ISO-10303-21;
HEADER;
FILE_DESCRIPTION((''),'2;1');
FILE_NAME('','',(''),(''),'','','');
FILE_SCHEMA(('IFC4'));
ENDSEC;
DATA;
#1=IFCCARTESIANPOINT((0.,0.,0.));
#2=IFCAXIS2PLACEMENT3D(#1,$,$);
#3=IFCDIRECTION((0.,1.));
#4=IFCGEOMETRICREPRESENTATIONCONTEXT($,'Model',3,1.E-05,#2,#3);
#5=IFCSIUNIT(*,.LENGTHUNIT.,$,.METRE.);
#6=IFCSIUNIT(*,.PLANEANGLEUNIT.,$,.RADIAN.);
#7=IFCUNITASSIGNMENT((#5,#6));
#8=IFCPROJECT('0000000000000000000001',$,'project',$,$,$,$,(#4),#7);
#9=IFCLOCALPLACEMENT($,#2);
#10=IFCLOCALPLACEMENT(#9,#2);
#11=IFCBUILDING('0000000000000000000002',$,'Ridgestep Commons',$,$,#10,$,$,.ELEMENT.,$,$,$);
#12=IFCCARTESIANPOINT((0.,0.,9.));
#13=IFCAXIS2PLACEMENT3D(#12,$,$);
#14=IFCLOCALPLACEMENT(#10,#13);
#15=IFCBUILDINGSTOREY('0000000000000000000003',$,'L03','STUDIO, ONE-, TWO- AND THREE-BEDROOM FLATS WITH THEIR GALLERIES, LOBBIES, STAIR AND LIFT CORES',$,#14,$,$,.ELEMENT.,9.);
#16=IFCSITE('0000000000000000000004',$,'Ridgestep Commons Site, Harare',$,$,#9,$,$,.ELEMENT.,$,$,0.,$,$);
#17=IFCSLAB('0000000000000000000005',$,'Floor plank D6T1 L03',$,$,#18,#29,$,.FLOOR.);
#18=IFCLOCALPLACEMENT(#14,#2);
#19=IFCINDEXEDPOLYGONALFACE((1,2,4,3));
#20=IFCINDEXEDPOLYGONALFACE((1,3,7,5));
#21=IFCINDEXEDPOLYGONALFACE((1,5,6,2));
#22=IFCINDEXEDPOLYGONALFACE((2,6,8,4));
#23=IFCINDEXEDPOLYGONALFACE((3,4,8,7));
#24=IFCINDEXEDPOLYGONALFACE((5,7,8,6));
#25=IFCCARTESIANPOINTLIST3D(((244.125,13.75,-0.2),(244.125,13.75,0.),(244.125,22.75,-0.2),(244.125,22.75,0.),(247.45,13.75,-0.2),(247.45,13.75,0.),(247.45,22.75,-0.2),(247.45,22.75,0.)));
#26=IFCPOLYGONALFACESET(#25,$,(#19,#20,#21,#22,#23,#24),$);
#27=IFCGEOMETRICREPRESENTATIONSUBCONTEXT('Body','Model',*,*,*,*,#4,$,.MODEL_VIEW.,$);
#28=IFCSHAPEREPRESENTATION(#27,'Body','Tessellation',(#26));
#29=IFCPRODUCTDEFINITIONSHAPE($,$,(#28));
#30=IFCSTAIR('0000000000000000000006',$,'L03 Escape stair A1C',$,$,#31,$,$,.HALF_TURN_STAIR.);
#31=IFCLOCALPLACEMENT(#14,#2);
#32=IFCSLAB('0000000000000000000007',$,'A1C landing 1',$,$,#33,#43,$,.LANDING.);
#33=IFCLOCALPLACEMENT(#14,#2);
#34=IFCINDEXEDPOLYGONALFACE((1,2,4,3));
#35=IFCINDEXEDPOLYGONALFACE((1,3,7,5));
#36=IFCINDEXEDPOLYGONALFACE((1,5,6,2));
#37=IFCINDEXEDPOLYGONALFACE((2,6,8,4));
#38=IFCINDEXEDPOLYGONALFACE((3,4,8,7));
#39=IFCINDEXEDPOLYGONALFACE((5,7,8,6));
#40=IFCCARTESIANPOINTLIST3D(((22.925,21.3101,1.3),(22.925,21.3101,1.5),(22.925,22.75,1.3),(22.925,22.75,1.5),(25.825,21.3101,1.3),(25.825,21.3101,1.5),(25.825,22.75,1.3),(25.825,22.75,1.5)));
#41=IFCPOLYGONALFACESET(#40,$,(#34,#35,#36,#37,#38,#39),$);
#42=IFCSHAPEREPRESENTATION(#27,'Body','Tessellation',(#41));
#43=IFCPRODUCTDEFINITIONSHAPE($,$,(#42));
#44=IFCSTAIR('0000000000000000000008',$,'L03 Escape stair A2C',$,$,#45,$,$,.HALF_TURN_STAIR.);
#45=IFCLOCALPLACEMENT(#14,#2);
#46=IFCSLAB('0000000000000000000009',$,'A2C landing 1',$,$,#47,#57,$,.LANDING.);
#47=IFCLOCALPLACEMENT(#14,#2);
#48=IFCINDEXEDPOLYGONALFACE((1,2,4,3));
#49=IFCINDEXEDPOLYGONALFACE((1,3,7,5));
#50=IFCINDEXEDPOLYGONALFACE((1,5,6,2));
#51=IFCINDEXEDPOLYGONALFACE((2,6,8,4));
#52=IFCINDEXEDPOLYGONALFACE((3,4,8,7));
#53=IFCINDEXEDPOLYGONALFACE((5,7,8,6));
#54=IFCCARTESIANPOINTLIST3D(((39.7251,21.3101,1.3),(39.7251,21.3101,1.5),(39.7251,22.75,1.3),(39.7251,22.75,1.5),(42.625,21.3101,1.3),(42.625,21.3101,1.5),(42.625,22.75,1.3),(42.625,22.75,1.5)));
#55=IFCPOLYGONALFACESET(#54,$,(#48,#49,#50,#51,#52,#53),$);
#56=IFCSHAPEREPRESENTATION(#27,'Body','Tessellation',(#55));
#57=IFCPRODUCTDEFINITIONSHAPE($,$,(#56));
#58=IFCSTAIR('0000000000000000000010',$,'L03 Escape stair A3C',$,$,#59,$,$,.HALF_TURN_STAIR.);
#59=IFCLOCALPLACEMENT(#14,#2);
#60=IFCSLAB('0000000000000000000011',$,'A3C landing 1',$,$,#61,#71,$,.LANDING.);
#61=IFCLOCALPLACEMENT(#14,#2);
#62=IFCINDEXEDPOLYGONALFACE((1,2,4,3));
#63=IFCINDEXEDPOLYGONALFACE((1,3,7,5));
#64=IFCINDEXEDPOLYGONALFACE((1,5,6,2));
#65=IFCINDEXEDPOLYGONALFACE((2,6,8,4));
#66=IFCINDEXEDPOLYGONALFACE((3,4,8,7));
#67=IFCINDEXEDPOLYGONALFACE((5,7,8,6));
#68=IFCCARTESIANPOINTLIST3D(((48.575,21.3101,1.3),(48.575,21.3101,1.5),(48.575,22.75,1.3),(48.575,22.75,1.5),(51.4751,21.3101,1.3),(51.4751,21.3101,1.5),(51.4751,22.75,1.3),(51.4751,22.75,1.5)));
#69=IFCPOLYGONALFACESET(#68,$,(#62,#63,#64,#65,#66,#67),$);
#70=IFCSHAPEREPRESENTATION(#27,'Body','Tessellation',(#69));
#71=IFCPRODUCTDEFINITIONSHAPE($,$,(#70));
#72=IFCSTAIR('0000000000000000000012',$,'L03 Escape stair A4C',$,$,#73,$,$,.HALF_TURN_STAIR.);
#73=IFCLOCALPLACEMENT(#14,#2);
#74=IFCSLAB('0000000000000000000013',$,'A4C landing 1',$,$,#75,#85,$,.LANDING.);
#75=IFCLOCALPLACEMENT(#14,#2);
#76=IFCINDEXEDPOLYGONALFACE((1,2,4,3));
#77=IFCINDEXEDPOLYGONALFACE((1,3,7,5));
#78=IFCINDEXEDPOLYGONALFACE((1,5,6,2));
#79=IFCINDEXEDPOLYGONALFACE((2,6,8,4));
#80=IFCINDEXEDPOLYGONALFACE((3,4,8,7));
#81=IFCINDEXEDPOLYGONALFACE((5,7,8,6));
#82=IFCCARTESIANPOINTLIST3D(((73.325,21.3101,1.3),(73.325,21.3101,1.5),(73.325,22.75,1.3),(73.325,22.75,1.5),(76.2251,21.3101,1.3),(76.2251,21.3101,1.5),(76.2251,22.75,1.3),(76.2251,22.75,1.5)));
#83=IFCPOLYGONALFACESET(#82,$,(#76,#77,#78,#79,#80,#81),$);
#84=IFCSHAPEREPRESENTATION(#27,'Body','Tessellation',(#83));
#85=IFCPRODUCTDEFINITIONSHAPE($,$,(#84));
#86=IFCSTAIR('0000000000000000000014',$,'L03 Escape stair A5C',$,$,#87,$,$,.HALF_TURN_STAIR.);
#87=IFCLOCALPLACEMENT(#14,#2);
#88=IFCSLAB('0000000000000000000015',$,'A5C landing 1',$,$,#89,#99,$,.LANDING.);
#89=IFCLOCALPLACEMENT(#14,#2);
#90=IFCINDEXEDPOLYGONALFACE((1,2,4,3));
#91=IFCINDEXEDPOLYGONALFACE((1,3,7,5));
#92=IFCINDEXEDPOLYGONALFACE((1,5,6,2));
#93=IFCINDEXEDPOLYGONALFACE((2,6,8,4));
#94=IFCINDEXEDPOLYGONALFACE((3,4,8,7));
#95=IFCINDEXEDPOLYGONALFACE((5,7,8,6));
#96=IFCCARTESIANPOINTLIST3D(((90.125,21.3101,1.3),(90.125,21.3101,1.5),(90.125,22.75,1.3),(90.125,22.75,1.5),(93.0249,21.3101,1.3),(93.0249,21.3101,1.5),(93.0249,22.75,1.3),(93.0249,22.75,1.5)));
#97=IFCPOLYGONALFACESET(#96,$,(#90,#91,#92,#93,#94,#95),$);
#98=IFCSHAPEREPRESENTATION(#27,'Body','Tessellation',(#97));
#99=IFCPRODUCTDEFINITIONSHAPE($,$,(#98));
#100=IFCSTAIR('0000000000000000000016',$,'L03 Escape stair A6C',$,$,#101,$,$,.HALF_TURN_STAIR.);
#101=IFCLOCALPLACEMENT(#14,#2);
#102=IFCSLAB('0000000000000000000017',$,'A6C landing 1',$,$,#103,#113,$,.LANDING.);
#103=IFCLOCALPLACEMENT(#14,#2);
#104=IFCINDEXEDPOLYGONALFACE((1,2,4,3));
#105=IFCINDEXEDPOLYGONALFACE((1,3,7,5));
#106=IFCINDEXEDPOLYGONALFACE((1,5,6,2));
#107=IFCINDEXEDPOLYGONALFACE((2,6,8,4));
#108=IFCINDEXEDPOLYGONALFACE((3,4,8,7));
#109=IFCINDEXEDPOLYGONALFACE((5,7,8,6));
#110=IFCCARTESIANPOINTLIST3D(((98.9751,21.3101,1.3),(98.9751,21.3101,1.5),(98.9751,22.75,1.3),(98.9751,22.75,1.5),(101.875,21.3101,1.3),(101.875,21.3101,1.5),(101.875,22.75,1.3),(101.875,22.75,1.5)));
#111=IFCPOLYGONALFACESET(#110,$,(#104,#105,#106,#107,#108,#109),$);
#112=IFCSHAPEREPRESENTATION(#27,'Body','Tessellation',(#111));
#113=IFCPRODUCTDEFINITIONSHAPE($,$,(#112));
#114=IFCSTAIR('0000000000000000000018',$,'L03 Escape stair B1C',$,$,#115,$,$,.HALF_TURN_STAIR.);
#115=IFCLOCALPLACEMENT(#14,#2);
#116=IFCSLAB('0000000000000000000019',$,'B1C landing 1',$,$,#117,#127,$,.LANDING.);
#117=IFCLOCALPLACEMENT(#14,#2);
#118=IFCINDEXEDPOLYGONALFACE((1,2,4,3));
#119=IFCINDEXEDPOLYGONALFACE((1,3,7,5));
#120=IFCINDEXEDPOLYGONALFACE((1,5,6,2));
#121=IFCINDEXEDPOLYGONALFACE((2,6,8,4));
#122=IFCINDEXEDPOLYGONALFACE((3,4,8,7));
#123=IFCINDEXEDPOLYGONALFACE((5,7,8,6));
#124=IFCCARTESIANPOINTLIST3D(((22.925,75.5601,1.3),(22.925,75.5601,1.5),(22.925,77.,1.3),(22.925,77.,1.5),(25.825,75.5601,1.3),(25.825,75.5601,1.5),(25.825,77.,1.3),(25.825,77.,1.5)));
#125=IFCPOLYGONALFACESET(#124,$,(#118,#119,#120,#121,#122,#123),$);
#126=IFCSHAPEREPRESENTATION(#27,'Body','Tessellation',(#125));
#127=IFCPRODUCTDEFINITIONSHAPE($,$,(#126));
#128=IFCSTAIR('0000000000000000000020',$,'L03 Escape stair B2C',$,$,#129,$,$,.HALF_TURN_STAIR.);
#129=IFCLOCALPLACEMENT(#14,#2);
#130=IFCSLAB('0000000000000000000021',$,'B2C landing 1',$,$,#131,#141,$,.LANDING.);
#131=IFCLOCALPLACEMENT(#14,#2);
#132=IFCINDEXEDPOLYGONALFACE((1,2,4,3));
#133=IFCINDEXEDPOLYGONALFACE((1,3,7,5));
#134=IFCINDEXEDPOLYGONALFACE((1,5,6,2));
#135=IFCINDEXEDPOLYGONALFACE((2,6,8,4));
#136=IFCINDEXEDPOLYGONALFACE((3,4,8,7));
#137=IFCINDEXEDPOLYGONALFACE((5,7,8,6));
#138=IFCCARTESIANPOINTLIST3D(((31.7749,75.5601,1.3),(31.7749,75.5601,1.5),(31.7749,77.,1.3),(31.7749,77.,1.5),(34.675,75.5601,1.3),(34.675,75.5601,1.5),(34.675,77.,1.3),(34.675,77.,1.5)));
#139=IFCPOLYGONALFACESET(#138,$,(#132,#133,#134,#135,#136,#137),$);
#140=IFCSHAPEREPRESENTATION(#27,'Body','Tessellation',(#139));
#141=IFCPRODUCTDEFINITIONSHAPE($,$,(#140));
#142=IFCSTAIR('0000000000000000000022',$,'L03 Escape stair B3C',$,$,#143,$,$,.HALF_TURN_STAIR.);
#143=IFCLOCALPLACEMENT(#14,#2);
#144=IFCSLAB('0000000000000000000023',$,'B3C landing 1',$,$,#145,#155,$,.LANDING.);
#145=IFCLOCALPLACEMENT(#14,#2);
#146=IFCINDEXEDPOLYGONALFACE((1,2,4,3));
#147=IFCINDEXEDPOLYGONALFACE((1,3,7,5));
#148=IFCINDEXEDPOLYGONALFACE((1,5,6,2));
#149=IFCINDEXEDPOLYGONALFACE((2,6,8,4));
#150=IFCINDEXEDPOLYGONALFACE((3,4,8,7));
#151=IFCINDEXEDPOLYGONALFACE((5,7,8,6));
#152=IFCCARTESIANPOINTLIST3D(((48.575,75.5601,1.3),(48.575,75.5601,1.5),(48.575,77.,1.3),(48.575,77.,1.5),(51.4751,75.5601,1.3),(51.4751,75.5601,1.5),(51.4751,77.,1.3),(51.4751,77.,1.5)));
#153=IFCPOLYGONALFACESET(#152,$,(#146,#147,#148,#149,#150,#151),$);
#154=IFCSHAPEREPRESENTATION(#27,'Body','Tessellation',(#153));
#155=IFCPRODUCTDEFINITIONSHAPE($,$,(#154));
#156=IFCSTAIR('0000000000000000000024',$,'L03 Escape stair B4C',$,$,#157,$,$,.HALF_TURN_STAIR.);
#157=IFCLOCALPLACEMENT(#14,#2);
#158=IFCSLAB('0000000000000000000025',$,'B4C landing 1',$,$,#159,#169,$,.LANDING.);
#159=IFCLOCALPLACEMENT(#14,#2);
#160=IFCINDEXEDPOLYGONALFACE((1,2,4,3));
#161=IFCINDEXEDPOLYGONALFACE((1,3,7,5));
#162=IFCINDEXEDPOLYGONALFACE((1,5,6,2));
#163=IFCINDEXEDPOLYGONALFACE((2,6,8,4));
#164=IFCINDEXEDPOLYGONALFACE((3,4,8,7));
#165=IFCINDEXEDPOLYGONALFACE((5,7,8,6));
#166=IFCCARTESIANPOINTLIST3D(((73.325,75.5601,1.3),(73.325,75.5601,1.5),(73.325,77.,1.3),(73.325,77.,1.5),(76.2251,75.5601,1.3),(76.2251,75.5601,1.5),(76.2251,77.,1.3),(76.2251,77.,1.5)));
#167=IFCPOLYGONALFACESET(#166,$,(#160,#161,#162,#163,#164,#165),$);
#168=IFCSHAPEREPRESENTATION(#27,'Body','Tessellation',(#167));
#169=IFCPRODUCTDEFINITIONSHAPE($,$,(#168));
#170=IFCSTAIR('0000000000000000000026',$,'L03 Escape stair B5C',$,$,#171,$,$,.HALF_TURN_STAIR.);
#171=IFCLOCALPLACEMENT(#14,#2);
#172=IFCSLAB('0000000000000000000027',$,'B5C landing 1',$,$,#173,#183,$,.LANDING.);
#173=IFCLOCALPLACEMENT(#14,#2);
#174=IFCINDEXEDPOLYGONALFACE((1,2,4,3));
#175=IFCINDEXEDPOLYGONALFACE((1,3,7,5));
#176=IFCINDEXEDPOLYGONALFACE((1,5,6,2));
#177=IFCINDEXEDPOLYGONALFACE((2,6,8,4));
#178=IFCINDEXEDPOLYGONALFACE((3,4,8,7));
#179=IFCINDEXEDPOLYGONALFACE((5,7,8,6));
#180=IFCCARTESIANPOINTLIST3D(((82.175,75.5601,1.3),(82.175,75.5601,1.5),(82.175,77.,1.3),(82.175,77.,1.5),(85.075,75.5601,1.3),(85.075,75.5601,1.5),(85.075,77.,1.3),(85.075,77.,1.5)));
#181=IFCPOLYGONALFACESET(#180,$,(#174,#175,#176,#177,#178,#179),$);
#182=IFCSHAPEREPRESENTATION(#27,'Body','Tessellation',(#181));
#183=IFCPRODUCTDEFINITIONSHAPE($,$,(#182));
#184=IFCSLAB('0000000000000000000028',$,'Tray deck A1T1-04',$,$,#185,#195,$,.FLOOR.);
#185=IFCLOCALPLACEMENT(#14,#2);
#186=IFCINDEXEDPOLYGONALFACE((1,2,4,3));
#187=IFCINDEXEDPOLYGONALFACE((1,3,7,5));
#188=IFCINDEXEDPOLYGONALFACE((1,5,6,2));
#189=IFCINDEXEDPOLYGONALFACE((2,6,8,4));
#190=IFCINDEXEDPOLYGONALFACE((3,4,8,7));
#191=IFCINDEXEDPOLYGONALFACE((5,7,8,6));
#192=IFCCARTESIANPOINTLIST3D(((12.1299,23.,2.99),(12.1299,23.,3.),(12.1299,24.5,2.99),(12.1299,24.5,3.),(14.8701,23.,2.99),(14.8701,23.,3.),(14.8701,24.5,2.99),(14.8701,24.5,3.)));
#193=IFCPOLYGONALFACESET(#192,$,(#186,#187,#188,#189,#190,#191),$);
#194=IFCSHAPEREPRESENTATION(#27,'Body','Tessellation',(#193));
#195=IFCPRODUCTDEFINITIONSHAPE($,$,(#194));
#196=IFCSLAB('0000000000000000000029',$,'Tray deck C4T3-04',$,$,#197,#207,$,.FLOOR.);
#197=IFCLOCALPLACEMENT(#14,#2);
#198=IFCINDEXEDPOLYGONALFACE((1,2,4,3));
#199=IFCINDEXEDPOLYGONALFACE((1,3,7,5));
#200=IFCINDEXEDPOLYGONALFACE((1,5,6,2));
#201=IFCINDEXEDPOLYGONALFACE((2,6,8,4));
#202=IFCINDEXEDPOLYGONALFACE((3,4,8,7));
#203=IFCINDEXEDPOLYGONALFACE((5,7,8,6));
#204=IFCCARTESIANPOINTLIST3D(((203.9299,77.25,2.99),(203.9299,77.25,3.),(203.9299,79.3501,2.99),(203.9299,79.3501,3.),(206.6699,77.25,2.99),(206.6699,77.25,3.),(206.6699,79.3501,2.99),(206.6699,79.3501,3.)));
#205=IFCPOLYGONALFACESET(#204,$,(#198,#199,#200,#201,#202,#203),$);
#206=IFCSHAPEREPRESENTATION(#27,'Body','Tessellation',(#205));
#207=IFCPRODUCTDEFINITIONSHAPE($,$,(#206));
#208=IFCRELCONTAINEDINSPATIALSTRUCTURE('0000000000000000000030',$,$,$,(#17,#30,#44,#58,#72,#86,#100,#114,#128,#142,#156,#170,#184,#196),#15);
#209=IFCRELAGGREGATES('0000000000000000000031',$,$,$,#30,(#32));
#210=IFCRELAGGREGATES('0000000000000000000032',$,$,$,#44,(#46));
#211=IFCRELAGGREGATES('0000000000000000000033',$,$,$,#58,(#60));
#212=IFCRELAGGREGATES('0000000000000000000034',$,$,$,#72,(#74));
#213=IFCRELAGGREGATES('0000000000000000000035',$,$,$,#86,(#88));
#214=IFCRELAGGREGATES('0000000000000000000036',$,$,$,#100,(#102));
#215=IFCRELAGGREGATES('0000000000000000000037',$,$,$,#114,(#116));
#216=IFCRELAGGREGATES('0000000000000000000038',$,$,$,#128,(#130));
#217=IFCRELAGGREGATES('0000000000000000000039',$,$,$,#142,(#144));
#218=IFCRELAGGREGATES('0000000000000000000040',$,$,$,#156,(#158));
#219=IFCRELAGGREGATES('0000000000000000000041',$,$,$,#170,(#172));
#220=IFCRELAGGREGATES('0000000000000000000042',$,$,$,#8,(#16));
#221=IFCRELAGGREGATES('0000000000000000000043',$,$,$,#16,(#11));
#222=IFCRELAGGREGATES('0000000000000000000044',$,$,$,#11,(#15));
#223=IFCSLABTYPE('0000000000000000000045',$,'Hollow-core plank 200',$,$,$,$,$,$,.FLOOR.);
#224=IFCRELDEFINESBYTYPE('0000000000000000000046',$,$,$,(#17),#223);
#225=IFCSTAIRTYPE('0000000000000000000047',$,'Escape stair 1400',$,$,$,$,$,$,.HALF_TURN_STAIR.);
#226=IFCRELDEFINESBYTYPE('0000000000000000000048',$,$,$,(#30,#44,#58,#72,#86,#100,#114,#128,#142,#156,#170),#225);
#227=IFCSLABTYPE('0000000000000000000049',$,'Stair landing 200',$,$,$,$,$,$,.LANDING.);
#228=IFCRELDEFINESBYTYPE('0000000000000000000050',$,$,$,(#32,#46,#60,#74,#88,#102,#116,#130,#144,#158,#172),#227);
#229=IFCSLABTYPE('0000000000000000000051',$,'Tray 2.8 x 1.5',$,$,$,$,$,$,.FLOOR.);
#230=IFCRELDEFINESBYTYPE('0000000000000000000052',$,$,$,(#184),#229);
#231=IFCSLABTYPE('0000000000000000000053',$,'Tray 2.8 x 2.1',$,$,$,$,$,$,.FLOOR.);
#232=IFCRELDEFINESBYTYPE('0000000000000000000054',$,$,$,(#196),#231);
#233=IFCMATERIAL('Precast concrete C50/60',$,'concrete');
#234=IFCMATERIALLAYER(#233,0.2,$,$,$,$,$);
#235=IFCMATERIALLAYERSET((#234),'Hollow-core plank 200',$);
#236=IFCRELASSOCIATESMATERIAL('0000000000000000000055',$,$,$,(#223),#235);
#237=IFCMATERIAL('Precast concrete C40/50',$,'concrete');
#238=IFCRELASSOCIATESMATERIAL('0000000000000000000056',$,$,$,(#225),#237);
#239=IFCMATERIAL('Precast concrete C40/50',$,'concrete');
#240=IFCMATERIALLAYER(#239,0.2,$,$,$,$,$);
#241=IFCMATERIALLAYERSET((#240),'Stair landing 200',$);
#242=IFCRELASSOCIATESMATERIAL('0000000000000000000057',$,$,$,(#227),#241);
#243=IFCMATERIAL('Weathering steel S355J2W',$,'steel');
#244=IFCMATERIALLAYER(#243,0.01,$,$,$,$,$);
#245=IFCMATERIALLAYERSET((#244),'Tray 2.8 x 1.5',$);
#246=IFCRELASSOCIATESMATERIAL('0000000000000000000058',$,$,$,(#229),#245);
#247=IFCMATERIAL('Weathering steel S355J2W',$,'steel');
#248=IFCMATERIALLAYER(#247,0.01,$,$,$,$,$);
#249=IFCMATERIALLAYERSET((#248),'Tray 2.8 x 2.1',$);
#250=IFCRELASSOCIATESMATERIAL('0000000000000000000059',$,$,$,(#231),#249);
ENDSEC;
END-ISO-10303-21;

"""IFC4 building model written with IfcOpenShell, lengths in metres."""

from ifc_helpers import new_model, si_unit, direction, frame, origin, place, context, subcontext, project, spatial, polyline, outline, extrude, material, layer, layer_set, type_object, element, aggregate, save


model = new_model("IFC4")

# Units and contexts
model_context = context("Model", 3, precision=1e-05, world=origin(), true_north=direction((0.0, 1.0)))
body_context = subcontext(model_context, "Body", "Model", "MODEL_VIEW")
ifc_project = project(units=[si_unit("LENGTHUNIT", "METRE"), si_unit("PLANEANGLEUNIT", "RADIAN")], contexts=[model_context])

# Site, building, storey
site_placement = place(None, origin())
site = spatial("IfcSite", under=ifc_project, at=site_placement, Name="Ridgestep Commons Site, Harare", CompositionType="ELEMENT", RefElevation=0.0)
building_placement = place(site_placement, origin())
building = spatial("IfcBuilding", under=site, at=building_placement, Name="Ridgestep Commons", CompositionType="ELEMENT")
storey_placement = place(building_placement, frame((0.0, 0.0, 9.0)))
storey = spatial("IfcBuildingStorey", under=building, at=storey_placement, Name="L03", Description="STUDIO, ONE-, TWO- AND THREE-BEDROOM FLATS WITH THEIR GALLERIES, LOBBIES, STAIR AND LIFT CORES", CompositionType="ELEMENT", Elevation=9.0)

# Slab
ifc_material_1 = material(Name="Precast concrete C50/60", Category="concrete")
ifc_layer_1 = layer(ifc_material_1, 0.2)
ifc_layer_set_1 = layer_set([ifc_layer_1], Name="Hollow-core plank 200")
slab_type_1 = type_object("IfcSlabType", Name="Hollow-core plank 200", PredefinedType="FLOOR", material=ifc_layer_set_1)
slab_1_placement = place(storey_placement, frame((0.0, 0.0, -0.2)))
element("IfcSlab", 1, at=slab_1_placement, inside=storey, type_object=slab_type_1, Name="Floor plank D6T1 L03", PredefinedType="FLOOR", context=body_context, shape_type="SweptSolid", body=[
    extrude(outline(polyline([(247.45, 13.75), (247.45, 22.75), (244.125, 22.75), (244.125, 13.75), (247.45, 13.75)])), origin(), (0.0, 0.0, 1.0), 0.2),
])

# Stairs, slabs
ifc_material_2 = material(Name="Precast concrete C40/50", Category="concrete")
stair_type = type_object("IfcStairType", Name="Escape stair 1400", PredefinedType="HALF_TURN_STAIR", material=ifc_material_2)
stair_1_placement = place(storey_placement, origin())
stair_1 = element("IfcStair", 2, at=stair_1_placement, inside=storey, type_object=stair_type, Name="L03 Escape stair A1C", PredefinedType="HALF_TURN_STAIR")
ifc_material_3 = material(Name="Precast concrete C40/50", Category="concrete")
ifc_layer_2 = layer(ifc_material_3, 0.2)
ifc_layer_set_2 = layer_set([ifc_layer_2], Name="Stair landing 200")
slab_type_2 = type_object("IfcSlabType", Name="Stair landing 200", PredefinedType="LANDING", material=ifc_layer_set_2)
slab_2_placement = place(storey_placement, frame((0.0, 0.0, 1.3)))
slab_2 = element("IfcSlab", 3, at=slab_2_placement, type_object=slab_type_2, Name="A1C landing 1", PredefinedType="LANDING", context=body_context, shape_type="SweptSolid", body=[
    extrude(outline(polyline([(25.825, 21.3101), (25.825, 22.75), (22.925, 22.75), (22.925, 21.3101), (25.825, 21.3101)])), origin(), (0.0, 0.0, 1.0), 0.2),
])
aggregate(stair_1, [slab_2])
stair_2_placement = place(storey_placement, origin())
stair_2 = element("IfcStair", 4, at=stair_2_placement, inside=storey, type_object=stair_type, Name="L03 Escape stair A2C", PredefinedType="HALF_TURN_STAIR")
slab_3_placement = place(storey_placement, frame((0.0, 0.0, 1.3)))
slab_3 = element("IfcSlab", 5, at=slab_3_placement, type_object=slab_type_2, Name="A2C landing 1", PredefinedType="LANDING", context=body_context, shape_type="SweptSolid", body=[
    extrude(outline(polyline([(42.625, 21.3101), (42.625, 22.75), (39.7251, 22.75), (39.7251, 21.3101), (42.625, 21.3101)])), origin(), (0.0, 0.0, 1.0), 0.2),
])
aggregate(stair_2, [slab_3])
stair_3_placement = place(storey_placement, origin())
stair_3 = element("IfcStair", 6, at=stair_3_placement, inside=storey, type_object=stair_type, Name="L03 Escape stair A3C", PredefinedType="HALF_TURN_STAIR")
slab_4_placement = place(storey_placement, frame((0.0, 0.0, 1.3)))
slab_4 = element("IfcSlab", 7, at=slab_4_placement, type_object=slab_type_2, Name="A3C landing 1", PredefinedType="LANDING", context=body_context, shape_type="SweptSolid", body=[
    extrude(outline(polyline([(51.4751, 21.3101), (51.4751, 22.75), (48.575, 22.75), (48.575, 21.3101), (51.4751, 21.3101)])), origin(), (0.0, 0.0, 1.0), 0.2),
])
aggregate(stair_3, [slab_4])
stair_4_placement = place(storey_placement, origin())
stair_4 = element("IfcStair", 8, at=stair_4_placement, inside=storey, type_object=stair_type, Name="L03 Escape stair A4C", PredefinedType="HALF_TURN_STAIR")
slab_5_placement = place(storey_placement, frame((0.0, 0.0, 1.3)))
slab_5 = element("IfcSlab", 9, at=slab_5_placement, type_object=slab_type_2, Name="A4C landing 1", PredefinedType="LANDING", context=body_context, shape_type="SweptSolid", body=[
    extrude(outline(polyline([(76.2251, 21.3101), (76.2251, 22.75), (73.325, 22.75), (73.325, 21.3101), (76.2251, 21.3101)])), origin(), (0.0, 0.0, 1.0), 0.2),
])
aggregate(stair_4, [slab_5])
stair_5_placement = place(storey_placement, origin())
stair_5 = element("IfcStair", 10, at=stair_5_placement, inside=storey, type_object=stair_type, Name="L03 Escape stair A5C", PredefinedType="HALF_TURN_STAIR")
slab_6_placement = place(storey_placement, frame((0.0, 0.0, 1.3)))
slab_6 = element("IfcSlab", 11, at=slab_6_placement, type_object=slab_type_2, Name="A5C landing 1", PredefinedType="LANDING", context=body_context, shape_type="SweptSolid", body=[
    extrude(outline(polyline([(93.0249, 21.3101), (93.0249, 22.75), (90.125, 22.75), (90.125, 21.3101), (93.0249, 21.3101)])), origin(), (0.0, 0.0, 1.0), 0.2),
])
aggregate(stair_5, [slab_6])
stair_6_placement = place(storey_placement, origin())
stair_6 = element("IfcStair", 12, at=stair_6_placement, inside=storey, type_object=stair_type, Name="L03 Escape stair A6C", PredefinedType="HALF_TURN_STAIR")
slab_7_placement = place(storey_placement, frame((0.0, 0.0, 1.3)))
slab_7 = element("IfcSlab", 13, at=slab_7_placement, type_object=slab_type_2, Name="A6C landing 1", PredefinedType="LANDING", context=body_context, shape_type="SweptSolid", body=[
    extrude(outline(polyline([(101.875, 21.3101), (101.875, 22.75), (98.9751, 22.75), (98.9751, 21.3101), (101.875, 21.3101)])), origin(), (0.0, 0.0, 1.0), 0.2),
])
aggregate(stair_6, [slab_7])
stair_7_placement = place(storey_placement, origin())
stair_7 = element("IfcStair", 14, at=stair_7_placement, inside=storey, type_object=stair_type, Name="L03 Escape stair B1C", PredefinedType="HALF_TURN_STAIR")
slab_8_placement = place(storey_placement, frame((0.0, 0.0, 1.3)))
slab_8 = element("IfcSlab", 15, at=slab_8_placement, type_object=slab_type_2, Name="B1C landing 1", PredefinedType="LANDING", context=body_context, shape_type="SweptSolid", body=[
    extrude(outline(polyline([(25.825, 75.5601), (25.825, 77.0), (22.925, 77.0), (22.925, 75.5601), (25.825, 75.5601)])), origin(), (0.0, 0.0, 1.0), 0.2),
])
aggregate(stair_7, [slab_8])
stair_8_placement = place(storey_placement, origin())
stair_8 = element("IfcStair", 16, at=stair_8_placement, inside=storey, type_object=stair_type, Name="L03 Escape stair B2C", PredefinedType="HALF_TURN_STAIR")
slab_9_placement = place(storey_placement, frame((0.0, 0.0, 1.3)))
slab_9 = element("IfcSlab", 17, at=slab_9_placement, type_object=slab_type_2, Name="B2C landing 1", PredefinedType="LANDING", context=body_context, shape_type="SweptSolid", body=[
    extrude(outline(polyline([(34.675, 75.5601), (34.675, 77.0), (31.7749, 77.0), (31.7749, 75.5601), (34.675, 75.5601)])), origin(), (0.0, 0.0, 1.0), 0.2),
])
aggregate(stair_8, [slab_9])
stair_9_placement = place(storey_placement, origin())
stair_9 = element("IfcStair", 18, at=stair_9_placement, inside=storey, type_object=stair_type, Name="L03 Escape stair B3C", PredefinedType="HALF_TURN_STAIR")
slab_10_placement = place(storey_placement, frame((0.0, 0.0, 1.3)))
slab_10 = element("IfcSlab", 19, at=slab_10_placement, type_object=slab_type_2, Name="B3C landing 1", PredefinedType="LANDING", context=body_context, shape_type="SweptSolid", body=[
    extrude(outline(polyline([(51.4751, 75.5601), (51.4751, 77.0), (48.575, 77.0), (48.575, 75.5601), (51.4751, 75.5601)])), origin(), (0.0, 0.0, 1.0), 0.2),
])
aggregate(stair_9, [slab_10])
stair_10_placement = place(storey_placement, origin())
stair_10 = element("IfcStair", 20, at=stair_10_placement, inside=storey, type_object=stair_type, Name="L03 Escape stair B4C", PredefinedType="HALF_TURN_STAIR")
slab_11_placement = place(storey_placement, frame((0.0, 0.0, 1.3)))
slab_11 = element("IfcSlab", 21, at=slab_11_placement, type_object=slab_type_2, Name="B4C landing 1", PredefinedType="LANDING", context=body_context, shape_type="SweptSolid", body=[
    extrude(outline(polyline([(76.2251, 75.5601), (76.2251, 77.0), (73.325, 77.0), (73.325, 75.5601), (76.2251, 75.5601)])), origin(), (0.0, 0.0, 1.0), 0.2),
])
aggregate(stair_10, [slab_11])
stair_11_placement = place(storey_placement, origin())
stair_11 = element("IfcStair", 22, at=stair_11_placement, inside=storey, type_object=stair_type, Name="L03 Escape stair B5C", PredefinedType="HALF_TURN_STAIR")
slab_12_placement = place(storey_placement, frame((0.0, 0.0, 1.3)))
slab_12 = element("IfcSlab", 23, at=slab_12_placement, type_object=slab_type_2, Name="B5C landing 1", PredefinedType="LANDING", context=body_context, shape_type="SweptSolid", body=[
    extrude(outline(polyline([(85.075, 75.5601), (85.075, 77.0), (82.175, 77.0), (82.175, 75.5601), (85.075, 75.5601)])), origin(), (0.0, 0.0, 1.0), 0.2),
])
aggregate(stair_11, [slab_12])

# Slabs
ifc_material_4 = material(Name="Weathering steel S355J2W", Category="steel")
ifc_layer_3 = layer(ifc_material_4, 0.01)
ifc_layer_set_3 = layer_set([ifc_layer_3], Name="Tray 2.8 x 1.5")
slab_type_3 = type_object("IfcSlabType", Name="Tray 2.8 x 1.5", PredefinedType="FLOOR", material=ifc_layer_set_3)
slab_13_placement = place(storey_placement, frame((0.0, 0.0, 2.99)))
element("IfcSlab", 24, at=slab_13_placement, inside=storey, type_object=slab_type_3, Name="Tray deck A1T1-04", PredefinedType="FLOOR", context=body_context, shape_type="SweptSolid", body=[
    extrude(outline(polyline([(12.1299, 23.0), (14.8701, 23.0), (14.8701, 24.5), (12.1299, 24.5), (12.1299, 23.0)])), origin(), (0.0, 0.0, 1.0), 0.01),
])
ifc_material_5 = material(Name="Weathering steel S355J2W", Category="steel")
ifc_layer_4 = layer(ifc_material_5, 0.01)
ifc_layer_set_4 = layer_set([ifc_layer_4], Name="Tray 2.8 x 2.1")
slab_type_4 = type_object("IfcSlabType", Name="Tray 2.8 x 2.1", PredefinedType="FLOOR", material=ifc_layer_set_4)
slab_14_placement = place(storey_placement, frame((0.0, 0.0, 2.99)))
element("IfcSlab", 25, at=slab_14_placement, inside=storey, type_object=slab_type_4, Name="Tray deck C4T3-04", PredefinedType="FLOOR", context=body_context, shape_type="SweptSolid", body=[
    extrude(outline(polyline([(203.9299, 77.25), (206.6699, 77.25), (206.6699, 79.3501), (203.9299, 79.3501), (203.9299, 77.25)])), origin(), (0.0, 0.0, 1.0), 0.01),
])

save(model, "model.ifc")
